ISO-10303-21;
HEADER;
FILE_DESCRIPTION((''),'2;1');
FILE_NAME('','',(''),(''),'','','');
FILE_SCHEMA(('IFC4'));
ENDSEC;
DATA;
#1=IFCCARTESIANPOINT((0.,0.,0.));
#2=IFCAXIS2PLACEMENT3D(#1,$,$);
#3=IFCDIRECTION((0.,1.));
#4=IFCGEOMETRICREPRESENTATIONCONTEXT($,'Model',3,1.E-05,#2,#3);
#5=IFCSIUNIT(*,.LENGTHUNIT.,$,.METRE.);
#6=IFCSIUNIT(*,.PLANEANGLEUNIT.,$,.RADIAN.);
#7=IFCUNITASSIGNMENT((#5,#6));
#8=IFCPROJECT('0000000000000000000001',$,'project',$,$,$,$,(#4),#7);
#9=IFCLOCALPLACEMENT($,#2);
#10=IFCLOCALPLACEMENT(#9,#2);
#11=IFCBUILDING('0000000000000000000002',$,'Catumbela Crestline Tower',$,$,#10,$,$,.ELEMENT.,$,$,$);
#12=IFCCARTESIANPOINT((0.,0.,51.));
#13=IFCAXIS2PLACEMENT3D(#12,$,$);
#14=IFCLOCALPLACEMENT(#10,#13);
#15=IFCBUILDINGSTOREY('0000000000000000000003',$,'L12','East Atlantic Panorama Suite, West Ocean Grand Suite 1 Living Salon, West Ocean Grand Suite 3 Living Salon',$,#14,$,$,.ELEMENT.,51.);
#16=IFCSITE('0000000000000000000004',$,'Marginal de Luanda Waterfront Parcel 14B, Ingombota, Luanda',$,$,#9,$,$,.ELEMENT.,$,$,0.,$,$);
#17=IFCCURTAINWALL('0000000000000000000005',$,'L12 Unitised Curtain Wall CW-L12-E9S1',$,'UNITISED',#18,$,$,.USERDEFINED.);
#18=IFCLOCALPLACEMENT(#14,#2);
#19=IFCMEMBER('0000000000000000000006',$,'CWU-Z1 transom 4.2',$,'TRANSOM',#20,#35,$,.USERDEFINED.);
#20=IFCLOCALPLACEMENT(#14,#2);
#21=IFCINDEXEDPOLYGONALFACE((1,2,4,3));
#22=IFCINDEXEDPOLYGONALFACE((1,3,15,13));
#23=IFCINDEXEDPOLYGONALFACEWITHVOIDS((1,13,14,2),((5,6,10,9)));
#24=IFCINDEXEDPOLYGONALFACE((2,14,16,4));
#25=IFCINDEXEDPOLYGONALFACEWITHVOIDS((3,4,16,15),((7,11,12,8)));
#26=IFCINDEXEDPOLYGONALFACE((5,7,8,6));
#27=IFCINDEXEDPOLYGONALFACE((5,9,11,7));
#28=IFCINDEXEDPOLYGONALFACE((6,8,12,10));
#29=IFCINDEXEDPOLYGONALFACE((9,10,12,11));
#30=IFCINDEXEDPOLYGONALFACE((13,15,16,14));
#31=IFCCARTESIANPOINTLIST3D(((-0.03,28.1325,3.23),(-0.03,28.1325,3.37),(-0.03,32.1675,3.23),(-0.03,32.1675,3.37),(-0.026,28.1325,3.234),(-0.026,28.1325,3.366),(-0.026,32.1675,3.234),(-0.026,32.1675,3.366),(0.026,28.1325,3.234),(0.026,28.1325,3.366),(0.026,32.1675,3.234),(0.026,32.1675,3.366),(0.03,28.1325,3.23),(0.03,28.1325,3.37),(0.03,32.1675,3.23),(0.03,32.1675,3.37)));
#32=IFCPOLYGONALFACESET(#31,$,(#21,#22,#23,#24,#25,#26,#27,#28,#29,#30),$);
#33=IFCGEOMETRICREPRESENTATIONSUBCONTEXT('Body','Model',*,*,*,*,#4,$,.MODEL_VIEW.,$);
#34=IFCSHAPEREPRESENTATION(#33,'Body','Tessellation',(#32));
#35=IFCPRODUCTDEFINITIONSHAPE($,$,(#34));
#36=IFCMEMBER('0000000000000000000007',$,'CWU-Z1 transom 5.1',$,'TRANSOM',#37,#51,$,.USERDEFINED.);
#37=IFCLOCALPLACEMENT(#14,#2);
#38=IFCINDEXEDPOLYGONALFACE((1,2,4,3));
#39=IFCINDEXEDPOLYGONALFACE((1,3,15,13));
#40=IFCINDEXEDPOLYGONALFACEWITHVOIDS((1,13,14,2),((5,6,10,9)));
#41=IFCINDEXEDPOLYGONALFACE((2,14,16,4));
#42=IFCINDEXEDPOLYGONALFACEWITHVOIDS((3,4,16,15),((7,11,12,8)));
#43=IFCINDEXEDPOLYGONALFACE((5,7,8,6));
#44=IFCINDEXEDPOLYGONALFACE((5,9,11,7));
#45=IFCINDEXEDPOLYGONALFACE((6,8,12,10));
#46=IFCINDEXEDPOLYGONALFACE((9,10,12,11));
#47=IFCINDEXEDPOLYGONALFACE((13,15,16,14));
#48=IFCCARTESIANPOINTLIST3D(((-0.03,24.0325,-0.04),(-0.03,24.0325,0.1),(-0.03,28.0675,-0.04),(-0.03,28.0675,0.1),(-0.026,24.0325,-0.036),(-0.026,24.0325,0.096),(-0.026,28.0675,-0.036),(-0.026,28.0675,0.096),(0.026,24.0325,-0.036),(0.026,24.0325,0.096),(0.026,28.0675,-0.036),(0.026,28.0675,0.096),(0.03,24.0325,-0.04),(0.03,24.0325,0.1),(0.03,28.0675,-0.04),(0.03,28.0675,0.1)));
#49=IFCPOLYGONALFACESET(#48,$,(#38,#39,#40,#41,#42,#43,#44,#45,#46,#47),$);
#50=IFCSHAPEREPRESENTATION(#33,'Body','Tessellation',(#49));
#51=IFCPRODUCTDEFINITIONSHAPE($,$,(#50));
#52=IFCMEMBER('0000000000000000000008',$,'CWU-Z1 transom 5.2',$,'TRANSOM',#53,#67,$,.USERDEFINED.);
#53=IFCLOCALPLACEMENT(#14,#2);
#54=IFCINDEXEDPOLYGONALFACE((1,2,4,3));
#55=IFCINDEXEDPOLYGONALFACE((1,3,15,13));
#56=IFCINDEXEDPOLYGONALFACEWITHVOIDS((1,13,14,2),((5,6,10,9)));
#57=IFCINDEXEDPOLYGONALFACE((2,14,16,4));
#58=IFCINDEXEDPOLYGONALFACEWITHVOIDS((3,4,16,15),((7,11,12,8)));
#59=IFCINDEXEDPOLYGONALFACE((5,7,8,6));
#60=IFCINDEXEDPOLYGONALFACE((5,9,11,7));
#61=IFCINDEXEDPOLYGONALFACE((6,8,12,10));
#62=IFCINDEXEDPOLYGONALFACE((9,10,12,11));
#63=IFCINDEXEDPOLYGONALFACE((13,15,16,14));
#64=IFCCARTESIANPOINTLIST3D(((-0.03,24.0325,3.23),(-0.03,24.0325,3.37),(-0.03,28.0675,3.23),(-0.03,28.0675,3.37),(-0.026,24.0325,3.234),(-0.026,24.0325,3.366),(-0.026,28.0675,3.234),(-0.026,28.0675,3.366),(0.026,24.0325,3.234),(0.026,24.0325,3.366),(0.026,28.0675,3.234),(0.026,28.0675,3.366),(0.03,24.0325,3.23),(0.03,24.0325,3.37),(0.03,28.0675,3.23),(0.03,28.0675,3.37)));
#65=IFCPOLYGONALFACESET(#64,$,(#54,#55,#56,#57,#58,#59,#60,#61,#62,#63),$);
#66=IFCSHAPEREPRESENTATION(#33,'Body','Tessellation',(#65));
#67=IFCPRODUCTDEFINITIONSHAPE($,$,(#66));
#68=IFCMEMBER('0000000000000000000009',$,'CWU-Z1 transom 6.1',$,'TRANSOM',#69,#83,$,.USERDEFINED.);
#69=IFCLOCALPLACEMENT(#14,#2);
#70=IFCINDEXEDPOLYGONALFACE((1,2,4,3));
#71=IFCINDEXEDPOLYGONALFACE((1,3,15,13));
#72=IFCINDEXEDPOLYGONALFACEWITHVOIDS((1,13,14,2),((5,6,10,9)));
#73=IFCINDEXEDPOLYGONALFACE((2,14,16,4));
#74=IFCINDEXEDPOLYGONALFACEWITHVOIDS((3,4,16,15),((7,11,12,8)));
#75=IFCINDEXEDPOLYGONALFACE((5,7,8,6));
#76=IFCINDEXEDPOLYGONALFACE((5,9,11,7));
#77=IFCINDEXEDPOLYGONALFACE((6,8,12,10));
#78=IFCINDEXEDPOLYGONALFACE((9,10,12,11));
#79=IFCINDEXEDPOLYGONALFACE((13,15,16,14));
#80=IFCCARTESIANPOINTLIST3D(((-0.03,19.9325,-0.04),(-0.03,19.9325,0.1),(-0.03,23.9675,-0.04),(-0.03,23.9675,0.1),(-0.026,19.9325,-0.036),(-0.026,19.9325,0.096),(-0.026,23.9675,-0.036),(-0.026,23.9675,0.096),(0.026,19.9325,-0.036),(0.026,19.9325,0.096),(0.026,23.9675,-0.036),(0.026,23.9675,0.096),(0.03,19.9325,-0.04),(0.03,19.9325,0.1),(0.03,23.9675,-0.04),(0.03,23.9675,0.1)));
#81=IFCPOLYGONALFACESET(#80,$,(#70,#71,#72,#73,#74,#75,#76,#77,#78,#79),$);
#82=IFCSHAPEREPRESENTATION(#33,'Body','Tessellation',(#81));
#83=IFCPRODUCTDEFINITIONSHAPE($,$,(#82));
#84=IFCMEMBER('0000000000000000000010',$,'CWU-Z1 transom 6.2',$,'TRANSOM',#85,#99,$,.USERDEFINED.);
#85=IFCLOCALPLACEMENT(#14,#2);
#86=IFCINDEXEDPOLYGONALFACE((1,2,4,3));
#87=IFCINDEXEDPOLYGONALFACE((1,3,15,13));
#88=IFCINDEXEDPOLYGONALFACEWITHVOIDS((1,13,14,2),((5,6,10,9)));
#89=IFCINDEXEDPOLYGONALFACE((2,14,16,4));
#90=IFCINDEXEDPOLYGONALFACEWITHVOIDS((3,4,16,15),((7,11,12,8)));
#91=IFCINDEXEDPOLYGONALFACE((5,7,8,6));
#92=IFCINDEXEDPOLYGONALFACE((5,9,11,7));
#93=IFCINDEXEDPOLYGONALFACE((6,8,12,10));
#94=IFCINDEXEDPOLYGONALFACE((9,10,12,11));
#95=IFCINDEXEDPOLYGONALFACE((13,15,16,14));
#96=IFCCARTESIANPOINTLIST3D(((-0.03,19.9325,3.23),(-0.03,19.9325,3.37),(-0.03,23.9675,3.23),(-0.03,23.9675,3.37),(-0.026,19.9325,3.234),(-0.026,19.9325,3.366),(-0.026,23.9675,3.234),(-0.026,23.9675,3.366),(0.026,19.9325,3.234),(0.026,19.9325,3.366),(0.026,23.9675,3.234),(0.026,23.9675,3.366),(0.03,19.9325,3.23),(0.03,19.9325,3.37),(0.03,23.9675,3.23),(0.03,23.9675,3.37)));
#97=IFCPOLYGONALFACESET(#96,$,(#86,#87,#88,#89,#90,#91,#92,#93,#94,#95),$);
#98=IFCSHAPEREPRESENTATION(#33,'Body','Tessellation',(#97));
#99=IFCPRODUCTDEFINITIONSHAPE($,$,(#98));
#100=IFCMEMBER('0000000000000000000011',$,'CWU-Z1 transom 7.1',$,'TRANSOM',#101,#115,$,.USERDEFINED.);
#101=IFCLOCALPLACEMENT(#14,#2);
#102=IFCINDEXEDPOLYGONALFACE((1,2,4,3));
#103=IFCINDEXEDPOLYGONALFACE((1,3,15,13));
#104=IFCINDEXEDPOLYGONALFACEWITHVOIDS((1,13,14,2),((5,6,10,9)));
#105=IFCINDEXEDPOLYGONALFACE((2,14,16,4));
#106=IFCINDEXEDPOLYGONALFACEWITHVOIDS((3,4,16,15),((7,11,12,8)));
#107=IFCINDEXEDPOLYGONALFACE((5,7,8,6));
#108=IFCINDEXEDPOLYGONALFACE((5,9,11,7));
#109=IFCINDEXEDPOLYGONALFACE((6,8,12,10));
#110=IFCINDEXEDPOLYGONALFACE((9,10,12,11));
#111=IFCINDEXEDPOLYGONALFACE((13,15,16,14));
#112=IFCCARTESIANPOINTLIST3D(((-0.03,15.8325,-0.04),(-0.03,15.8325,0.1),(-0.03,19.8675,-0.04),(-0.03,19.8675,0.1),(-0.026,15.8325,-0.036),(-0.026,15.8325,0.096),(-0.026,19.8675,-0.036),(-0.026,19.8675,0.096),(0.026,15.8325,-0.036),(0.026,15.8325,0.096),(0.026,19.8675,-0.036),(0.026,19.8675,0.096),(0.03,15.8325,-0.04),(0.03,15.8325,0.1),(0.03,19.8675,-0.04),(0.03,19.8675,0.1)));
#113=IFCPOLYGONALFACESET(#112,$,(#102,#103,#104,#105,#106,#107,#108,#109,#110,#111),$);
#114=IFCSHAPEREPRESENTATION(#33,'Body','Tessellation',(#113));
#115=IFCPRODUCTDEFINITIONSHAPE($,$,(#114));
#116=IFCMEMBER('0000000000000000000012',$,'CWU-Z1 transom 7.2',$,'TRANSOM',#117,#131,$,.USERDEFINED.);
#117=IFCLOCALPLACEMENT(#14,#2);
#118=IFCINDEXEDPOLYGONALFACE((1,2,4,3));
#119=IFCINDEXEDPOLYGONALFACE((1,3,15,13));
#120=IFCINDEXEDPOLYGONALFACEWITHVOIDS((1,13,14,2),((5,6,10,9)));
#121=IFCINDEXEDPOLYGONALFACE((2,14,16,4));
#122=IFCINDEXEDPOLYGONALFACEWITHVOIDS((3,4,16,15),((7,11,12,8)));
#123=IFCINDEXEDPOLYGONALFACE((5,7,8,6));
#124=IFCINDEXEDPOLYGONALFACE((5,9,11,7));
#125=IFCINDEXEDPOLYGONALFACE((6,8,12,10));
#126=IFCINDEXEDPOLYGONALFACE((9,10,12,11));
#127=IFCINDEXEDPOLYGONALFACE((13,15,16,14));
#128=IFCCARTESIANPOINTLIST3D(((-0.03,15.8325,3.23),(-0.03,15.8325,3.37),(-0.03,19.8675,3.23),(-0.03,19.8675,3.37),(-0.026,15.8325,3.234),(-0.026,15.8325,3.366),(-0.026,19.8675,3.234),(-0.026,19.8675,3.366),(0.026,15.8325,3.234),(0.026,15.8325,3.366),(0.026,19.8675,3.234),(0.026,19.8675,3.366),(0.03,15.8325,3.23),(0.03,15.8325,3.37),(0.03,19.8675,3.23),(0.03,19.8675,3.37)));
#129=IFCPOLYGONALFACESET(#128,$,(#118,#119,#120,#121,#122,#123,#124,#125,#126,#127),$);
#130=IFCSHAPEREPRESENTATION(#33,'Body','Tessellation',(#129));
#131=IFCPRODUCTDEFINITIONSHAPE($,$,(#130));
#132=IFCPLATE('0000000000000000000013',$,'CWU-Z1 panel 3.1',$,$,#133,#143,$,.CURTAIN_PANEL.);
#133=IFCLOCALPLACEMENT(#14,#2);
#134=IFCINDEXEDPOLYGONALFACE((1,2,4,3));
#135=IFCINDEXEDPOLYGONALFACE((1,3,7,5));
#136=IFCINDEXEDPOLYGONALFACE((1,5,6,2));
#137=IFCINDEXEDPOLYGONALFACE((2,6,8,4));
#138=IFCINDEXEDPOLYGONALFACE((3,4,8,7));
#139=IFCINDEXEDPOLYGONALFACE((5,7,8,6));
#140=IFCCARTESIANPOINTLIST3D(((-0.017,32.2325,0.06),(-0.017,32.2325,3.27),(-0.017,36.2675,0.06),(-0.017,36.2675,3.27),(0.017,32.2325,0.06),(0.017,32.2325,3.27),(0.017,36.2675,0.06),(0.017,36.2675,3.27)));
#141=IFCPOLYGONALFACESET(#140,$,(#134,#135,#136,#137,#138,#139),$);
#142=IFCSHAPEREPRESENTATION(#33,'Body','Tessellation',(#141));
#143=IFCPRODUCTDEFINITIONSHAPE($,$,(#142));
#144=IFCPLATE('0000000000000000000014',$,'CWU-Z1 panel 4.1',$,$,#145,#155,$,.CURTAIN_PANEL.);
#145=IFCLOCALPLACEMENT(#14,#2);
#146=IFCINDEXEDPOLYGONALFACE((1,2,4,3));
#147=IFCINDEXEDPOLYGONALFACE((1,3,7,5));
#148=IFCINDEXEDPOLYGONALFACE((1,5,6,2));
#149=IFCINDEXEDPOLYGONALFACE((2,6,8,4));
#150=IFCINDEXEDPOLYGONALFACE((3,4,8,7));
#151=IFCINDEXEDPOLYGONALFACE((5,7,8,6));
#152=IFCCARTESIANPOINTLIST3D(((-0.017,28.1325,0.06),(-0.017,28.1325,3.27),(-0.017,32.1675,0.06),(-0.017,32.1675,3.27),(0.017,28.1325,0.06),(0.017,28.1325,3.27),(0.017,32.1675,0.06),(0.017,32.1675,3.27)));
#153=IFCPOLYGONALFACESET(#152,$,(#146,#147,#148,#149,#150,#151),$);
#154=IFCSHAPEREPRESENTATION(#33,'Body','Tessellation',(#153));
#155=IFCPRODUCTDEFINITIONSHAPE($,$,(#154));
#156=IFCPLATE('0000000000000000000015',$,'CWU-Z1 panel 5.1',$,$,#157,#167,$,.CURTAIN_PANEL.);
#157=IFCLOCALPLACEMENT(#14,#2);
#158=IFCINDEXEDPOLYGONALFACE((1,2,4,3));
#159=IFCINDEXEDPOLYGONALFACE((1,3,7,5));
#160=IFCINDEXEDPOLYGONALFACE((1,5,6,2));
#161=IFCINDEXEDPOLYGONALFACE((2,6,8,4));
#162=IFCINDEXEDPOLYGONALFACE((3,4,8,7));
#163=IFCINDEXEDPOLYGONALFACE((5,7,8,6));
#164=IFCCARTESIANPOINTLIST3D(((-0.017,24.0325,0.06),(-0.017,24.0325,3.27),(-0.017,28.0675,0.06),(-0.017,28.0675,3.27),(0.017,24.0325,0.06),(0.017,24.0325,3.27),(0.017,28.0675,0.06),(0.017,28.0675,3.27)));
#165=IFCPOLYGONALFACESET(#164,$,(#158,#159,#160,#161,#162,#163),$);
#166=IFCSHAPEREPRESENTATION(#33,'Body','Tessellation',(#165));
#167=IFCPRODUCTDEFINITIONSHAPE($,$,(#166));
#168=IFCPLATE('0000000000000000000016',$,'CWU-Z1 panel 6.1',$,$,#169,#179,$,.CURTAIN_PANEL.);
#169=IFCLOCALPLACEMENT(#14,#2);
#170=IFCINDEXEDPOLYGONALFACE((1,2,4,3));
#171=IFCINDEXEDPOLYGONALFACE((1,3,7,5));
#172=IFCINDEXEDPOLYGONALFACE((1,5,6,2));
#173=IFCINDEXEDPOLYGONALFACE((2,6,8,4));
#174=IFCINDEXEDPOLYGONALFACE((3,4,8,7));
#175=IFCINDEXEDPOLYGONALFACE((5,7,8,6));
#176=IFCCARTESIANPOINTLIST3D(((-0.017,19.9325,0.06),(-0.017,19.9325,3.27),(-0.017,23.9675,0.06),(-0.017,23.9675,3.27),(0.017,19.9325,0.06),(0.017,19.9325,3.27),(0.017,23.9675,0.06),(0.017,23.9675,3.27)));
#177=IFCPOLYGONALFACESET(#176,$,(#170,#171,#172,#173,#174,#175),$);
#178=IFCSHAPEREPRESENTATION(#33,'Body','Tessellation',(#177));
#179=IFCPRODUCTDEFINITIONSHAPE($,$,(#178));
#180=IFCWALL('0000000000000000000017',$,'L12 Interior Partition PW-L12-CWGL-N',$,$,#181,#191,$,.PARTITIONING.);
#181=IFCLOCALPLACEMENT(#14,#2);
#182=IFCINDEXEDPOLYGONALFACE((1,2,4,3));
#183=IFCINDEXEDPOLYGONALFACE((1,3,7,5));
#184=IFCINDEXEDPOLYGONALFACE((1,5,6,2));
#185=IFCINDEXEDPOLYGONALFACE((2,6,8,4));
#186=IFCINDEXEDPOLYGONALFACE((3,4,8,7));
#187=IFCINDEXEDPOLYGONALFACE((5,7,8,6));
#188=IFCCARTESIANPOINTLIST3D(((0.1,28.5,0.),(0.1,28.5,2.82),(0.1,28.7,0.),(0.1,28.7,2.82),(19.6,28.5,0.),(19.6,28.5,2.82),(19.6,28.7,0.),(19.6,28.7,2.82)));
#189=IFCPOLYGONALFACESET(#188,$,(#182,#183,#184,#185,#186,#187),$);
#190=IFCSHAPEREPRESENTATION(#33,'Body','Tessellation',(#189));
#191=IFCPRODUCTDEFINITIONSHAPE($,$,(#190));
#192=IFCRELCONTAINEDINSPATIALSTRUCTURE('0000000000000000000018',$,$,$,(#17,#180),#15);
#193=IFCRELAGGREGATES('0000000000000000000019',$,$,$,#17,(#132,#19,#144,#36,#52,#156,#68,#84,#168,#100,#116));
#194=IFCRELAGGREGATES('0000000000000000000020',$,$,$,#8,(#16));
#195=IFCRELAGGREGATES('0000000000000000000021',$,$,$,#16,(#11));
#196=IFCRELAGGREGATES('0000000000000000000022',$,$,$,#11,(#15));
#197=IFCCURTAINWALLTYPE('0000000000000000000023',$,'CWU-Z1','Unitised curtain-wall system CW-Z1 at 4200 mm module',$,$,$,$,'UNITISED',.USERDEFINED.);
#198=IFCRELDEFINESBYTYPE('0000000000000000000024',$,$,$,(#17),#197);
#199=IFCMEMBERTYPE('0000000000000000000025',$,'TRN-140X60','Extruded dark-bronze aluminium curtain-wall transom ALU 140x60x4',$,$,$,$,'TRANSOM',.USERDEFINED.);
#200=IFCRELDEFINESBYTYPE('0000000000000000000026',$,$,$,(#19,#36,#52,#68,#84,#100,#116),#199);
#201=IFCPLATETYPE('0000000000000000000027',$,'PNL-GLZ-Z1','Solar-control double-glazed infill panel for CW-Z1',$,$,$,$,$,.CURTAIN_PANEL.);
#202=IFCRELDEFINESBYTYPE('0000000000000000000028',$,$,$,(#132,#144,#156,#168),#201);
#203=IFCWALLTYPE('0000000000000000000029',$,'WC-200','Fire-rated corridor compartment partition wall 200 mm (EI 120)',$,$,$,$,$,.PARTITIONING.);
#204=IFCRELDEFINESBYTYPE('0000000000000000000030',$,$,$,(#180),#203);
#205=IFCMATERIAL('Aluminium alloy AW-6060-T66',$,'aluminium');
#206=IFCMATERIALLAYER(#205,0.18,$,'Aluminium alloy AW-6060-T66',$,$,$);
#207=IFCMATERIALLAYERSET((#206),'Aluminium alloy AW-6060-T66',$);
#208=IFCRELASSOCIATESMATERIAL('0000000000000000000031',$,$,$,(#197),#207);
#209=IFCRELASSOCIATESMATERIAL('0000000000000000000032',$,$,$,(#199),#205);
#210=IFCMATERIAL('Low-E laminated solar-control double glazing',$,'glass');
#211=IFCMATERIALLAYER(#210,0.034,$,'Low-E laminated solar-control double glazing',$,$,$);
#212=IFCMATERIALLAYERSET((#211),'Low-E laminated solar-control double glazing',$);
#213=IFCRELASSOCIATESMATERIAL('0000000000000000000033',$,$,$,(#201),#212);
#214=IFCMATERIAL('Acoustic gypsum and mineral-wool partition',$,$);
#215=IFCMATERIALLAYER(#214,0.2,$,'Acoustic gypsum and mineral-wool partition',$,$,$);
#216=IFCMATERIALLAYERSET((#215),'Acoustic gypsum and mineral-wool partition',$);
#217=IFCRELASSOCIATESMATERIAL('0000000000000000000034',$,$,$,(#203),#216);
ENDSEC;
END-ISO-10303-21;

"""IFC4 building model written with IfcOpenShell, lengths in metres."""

from ifc_helpers import new_model, si_unit, direction, frame, frame_2d, origin, origin_2d, place, context, subcontext, project, spatial, rectangle, hollow_rectangle, extrude, material, layer, layer_set, material_profile, profile_set, type_object, element, aggregate, save


model = new_model("IFC4")

# Units and contexts
model_context = context("Model", 3, precision=1e-05, world=origin(), true_north=direction((0.0, 1.0)))
body_context = subcontext(model_context, "Body", "Model", "MODEL_VIEW")
ifc_project = project(units=[si_unit("LENGTHUNIT", "METRE"), si_unit("PLANEANGLEUNIT", "RADIAN")], contexts=[model_context])

# Site, building, storey
site_placement = place(None, origin())
site = spatial("IfcSite", under=ifc_project, at=site_placement, Name="Marginal de Luanda Waterfront Parcel 14B, Ingombota, Luanda", CompositionType="ELEMENT", RefElevation=0.0)
building_placement = place(site_placement, origin())
building = spatial("IfcBuilding", under=site, at=building_placement, Name="Catumbela Crestline Tower", CompositionType="ELEMENT")
storey_placement = place(building_placement, frame((0.0, 0.0, 51.0)))
storey = spatial("IfcBuildingStorey", under=building, at=storey_placement, Name="L12", Description="East Atlantic Panorama Suite, West Ocean Grand Suite 1 Living Salon, West Ocean Grand Suite 3 Living Salon", CompositionType="ELEMENT", Elevation=51.0)

# Curtain wall
ifc_material_1 = material(Name="Aluminium alloy AW-6060-T66", Category="aluminium")
ifc_layer_1 = layer(ifc_material_1, 0.18, Name="Aluminium alloy AW-6060-T66")
ifc_layer_set_1 = layer_set([ifc_layer_1], Name="Aluminium alloy AW-6060-T66")
curtain_wall_type = type_object("IfcCurtainWallType", Name="CWU-Z1", Description="Unitised curtain-wall system CW-Z1 at 4200 mm module", ElementType="UNITISED", PredefinedType="USERDEFINED", material=ifc_layer_set_1)
curtain_wall_placement = place(storey_placement, origin())
curtain_wall = element("IfcCurtainWall", 1, at=curtain_wall_placement, inside=storey, type_object=curtain_wall_type, Name="L12 Unitised Curtain Wall CW-L12-E9S1", ObjectType="UNITISED", PredefinedType="USERDEFINED")

# Members
ifc_material_profile_1 = material_profile(ifc_material_1, hollow_rectangle(XDim=0.06, YDim=0.14, WallThickness=0.004, at=origin_2d()), Name="ALU 140x60x4")
ifc_profile_set_1 = profile_set([ifc_material_profile_1], Name="Aluminium alloy AW-6060-T66")
member_type_1 = type_object("IfcMemberType", Name="TRN-140X60", Description="Extruded dark-bronze aluminium curtain-wall transom ALU 140x60x4", ElementType="TRANSOM", PredefinedType="USERDEFINED", material=ifc_profile_set_1)
member_1_placement = place(storey_placement, frame((0.0, 32.1675, 3.3), z_axis=(0.0, -1.0, 0.0), x_axis=(1.0, 0.0, 0.0)))
member_1 = element("IfcMember", 2, at=member_1_placement, type_object=member_type_1, Name="CWU-Z1 transom 4.2", ObjectType="TRANSOM", PredefinedType="USERDEFINED", context=body_context, shape_type="SweptSolid", body=[
    extrude(hollow_rectangle(XDim=0.06, YDim=0.14, WallThickness=0.004, at=origin_2d()), origin(), (0.0, 0.0, 1.0), 4.035),
])
member_2_placement = place(storey_placement, frame((0.0, 28.0675, 0.03), z_axis=(0.0, -1.0, 0.0), x_axis=(1.0, 0.0, 0.0)))
member_2 = element("IfcMember", 3, at=member_2_placement, type_object=member_type_1, Name="CWU-Z1 transom 5.1", ObjectType="TRANSOM", PredefinedType="USERDEFINED", context=body_context, shape_type="SweptSolid", body=[
    extrude(hollow_rectangle(XDim=0.06, YDim=0.14, WallThickness=0.004, at=origin_2d()), origin(), (0.0, 0.0, 1.0), 4.035),
])
member_3_placement = place(storey_placement, frame((0.0, 28.0675, 3.3), z_axis=(0.0, -1.0, 0.0), x_axis=(1.0, 0.0, 0.0)))
member_3 = element("IfcMember", 4, at=member_3_placement, type_object=member_type_1, Name="CWU-Z1 transom 5.2", ObjectType="TRANSOM", PredefinedType="USERDEFINED", context=body_context, shape_type="SweptSolid", body=[
    extrude(hollow_rectangle(XDim=0.06, YDim=0.14, WallThickness=0.004, at=origin_2d()), origin(), (0.0, 0.0, 1.0), 4.035),
])
member_4_placement = place(storey_placement, frame((0.0, 23.9675, 0.03), z_axis=(0.0, -1.0, 0.0), x_axis=(1.0, 0.0, 0.0)))
member_4 = element("IfcMember", 5, at=member_4_placement, type_object=member_type_1, Name="CWU-Z1 transom 6.1", ObjectType="TRANSOM", PredefinedType="USERDEFINED", context=body_context, shape_type="SweptSolid", body=[
    extrude(hollow_rectangle(XDim=0.06, YDim=0.14, WallThickness=0.004, at=origin_2d()), origin(), (0.0, 0.0, 1.0), 4.035),
])
member_5_placement = place(storey_placement, frame((0.0, 23.9675, 3.3), z_axis=(0.0, -1.0, 0.0), x_axis=(1.0, 0.0, 0.0)))
member_5 = element("IfcMember", 6, at=member_5_placement, type_object=member_type_1, Name="CWU-Z1 transom 6.2", ObjectType="TRANSOM", PredefinedType="USERDEFINED", context=body_context, shape_type="SweptSolid", body=[
    extrude(hollow_rectangle(XDim=0.06, YDim=0.14, WallThickness=0.004, at=origin_2d()), origin(), (0.0, 0.0, 1.0), 4.035),
])
member_6_placement = place(storey_placement, frame((0.0, 19.8675, 0.03), z_axis=(0.0, -1.0, 0.0), x_axis=(1.0, 0.0, 0.0)))
member_6 = element("IfcMember", 7, at=member_6_placement, type_object=member_type_1, Name="CWU-Z1 transom 7.1", ObjectType="TRANSOM", PredefinedType="USERDEFINED", context=body_context, shape_type="SweptSolid", body=[
    extrude(hollow_rectangle(XDim=0.06, YDim=0.14, WallThickness=0.004, at=origin_2d()), origin(), (0.0, 0.0, 1.0), 4.035),
])
member_7_placement = place(storey_placement, frame((0.0, 19.8675, 3.3), z_axis=(0.0, -1.0, 0.0), x_axis=(1.0, 0.0, 0.0)))
member_7 = element("IfcMember", 8, at=member_7_placement, type_object=member_type_1, Name="CWU-Z1 transom 7.2", ObjectType="TRANSOM", PredefinedType="USERDEFINED", context=body_context, shape_type="SweptSolid", body=[
    extrude(hollow_rectangle(XDim=0.06, YDim=0.14, WallThickness=0.004, at=origin_2d()), origin(), (0.0, 0.0, 1.0), 4.035),
])

# Plates
ifc_material_2 = material(Name="Low-E laminated solar-control double glazing", Category="glass")
ifc_layer_2 = layer(ifc_material_2, 0.034, Name="Low-E laminated solar-control double glazing")
ifc_layer_set_2 = layer_set([ifc_layer_2], Name="Low-E laminated solar-control double glazing")
plate_type = type_object("IfcPlateType", Name="PNL-GLZ-Z1", Description="Solar-control double-glazed infill panel for CW-Z1", PredefinedType="CURTAIN_PANEL", material=ifc_layer_set_2)
plate_1_placement = place(storey_placement, frame((0.0, 34.25, 0.06), z_axis=(0.0, 0.0, 1.0), x_axis=(0.0, -1.0, 0.0)))
plate_1 = element("IfcPlate", 9, at=plate_1_placement, type_object=plate_type, Name="CWU-Z1 panel 3.1", PredefinedType="CURTAIN_PANEL", context=body_context, shape_type="SweptSolid", body=[
    extrude(rectangle(XDim=4.035, YDim=0.034, at=origin_2d()), origin(), (0.0, 0.0, 1.0), 3.21),
])
plate_2_placement = place(storey_placement, frame((0.0, 30.15, 0.06), z_axis=(0.0, 0.0, 1.0), x_axis=(0.0, -1.0, 0.0)))
plate_2 = element("IfcPlate", 10, at=plate_2_placement, type_object=plate_type, Name="CWU-Z1 panel 4.1", PredefinedType="CURTAIN_PANEL", context=body_context, shape_type="SweptSolid", body=[
    extrude(rectangle(XDim=4.035, YDim=0.034, at=origin_2d()), origin(), (0.0, 0.0, 1.0), 3.21),
])
plate_3_placement = place(storey_placement, frame((0.0, 26.05, 0.06), z_axis=(0.0, 0.0, 1.0), x_axis=(0.0, -1.0, 0.0)))
plate_3 = element("IfcPlate", 11, at=plate_3_placement, type_object=plate_type, Name="CWU-Z1 panel 5.1", PredefinedType="CURTAIN_PANEL", context=body_context, shape_type="SweptSolid", body=[
    extrude(rectangle(XDim=4.035, YDim=0.034, at=origin_2d()), origin(), (0.0, 0.0, 1.0), 3.21),
])
plate_4_placement = place(storey_placement, frame((0.0, 21.95, 0.06), z_axis=(0.0, 0.0, 1.0), x_axis=(0.0, -1.0, 0.0)))
plate_4 = element("IfcPlate", 12, at=plate_4_placement, type_object=plate_type, Name="CWU-Z1 panel 6.1", PredefinedType="CURTAIN_PANEL", context=body_context, shape_type="SweptSolid", body=[
    extrude(rectangle(XDim=4.035, YDim=0.034, at=origin_2d()), origin(), (0.0, 0.0, 1.0), 3.21),
])
aggregate(curtain_wall, [plate_1, member_1, plate_2, member_2, member_3, plate_3, member_4, member_5, plate_4, member_6, member_7])

# Wall
ifc_material_3 = material(Name="Acoustic gypsum and mineral-wool partition")
ifc_layer_3 = layer(ifc_material_3, 0.2, Name="Acoustic gypsum and mineral-wool partition")
ifc_layer_set_3 = layer_set([ifc_layer_3], Name="Acoustic gypsum and mineral-wool partition")
wall_type_1 = type_object("IfcWallType", Name="WC-200", Description="Fire-rated corridor compartment partition wall 200 mm (EI 120)", PredefinedType="PARTITIONING", material=ifc_layer_set_3)
wall_1_placement = place(storey_placement, frame((0.1, 28.6, 0.0), z_axis=(0.0, 0.0, 1.0), x_axis=(1.0, 0.0, 0.0)))
element("IfcWall", 13, at=wall_1_placement, inside=storey, type_object=wall_type_1, Name="L12 Interior Partition PW-L12-CWGL-N", PredefinedType="PARTITIONING", context=body_context, shape_type="SweptSolid", body=[
    extrude(rectangle(XDim=19.5, YDim=0.2, at=frame_2d((9.75, 0.0))), origin(), (0.0, 0.0, 1.0), 2.82),
])

save(model, "model.ifc")
